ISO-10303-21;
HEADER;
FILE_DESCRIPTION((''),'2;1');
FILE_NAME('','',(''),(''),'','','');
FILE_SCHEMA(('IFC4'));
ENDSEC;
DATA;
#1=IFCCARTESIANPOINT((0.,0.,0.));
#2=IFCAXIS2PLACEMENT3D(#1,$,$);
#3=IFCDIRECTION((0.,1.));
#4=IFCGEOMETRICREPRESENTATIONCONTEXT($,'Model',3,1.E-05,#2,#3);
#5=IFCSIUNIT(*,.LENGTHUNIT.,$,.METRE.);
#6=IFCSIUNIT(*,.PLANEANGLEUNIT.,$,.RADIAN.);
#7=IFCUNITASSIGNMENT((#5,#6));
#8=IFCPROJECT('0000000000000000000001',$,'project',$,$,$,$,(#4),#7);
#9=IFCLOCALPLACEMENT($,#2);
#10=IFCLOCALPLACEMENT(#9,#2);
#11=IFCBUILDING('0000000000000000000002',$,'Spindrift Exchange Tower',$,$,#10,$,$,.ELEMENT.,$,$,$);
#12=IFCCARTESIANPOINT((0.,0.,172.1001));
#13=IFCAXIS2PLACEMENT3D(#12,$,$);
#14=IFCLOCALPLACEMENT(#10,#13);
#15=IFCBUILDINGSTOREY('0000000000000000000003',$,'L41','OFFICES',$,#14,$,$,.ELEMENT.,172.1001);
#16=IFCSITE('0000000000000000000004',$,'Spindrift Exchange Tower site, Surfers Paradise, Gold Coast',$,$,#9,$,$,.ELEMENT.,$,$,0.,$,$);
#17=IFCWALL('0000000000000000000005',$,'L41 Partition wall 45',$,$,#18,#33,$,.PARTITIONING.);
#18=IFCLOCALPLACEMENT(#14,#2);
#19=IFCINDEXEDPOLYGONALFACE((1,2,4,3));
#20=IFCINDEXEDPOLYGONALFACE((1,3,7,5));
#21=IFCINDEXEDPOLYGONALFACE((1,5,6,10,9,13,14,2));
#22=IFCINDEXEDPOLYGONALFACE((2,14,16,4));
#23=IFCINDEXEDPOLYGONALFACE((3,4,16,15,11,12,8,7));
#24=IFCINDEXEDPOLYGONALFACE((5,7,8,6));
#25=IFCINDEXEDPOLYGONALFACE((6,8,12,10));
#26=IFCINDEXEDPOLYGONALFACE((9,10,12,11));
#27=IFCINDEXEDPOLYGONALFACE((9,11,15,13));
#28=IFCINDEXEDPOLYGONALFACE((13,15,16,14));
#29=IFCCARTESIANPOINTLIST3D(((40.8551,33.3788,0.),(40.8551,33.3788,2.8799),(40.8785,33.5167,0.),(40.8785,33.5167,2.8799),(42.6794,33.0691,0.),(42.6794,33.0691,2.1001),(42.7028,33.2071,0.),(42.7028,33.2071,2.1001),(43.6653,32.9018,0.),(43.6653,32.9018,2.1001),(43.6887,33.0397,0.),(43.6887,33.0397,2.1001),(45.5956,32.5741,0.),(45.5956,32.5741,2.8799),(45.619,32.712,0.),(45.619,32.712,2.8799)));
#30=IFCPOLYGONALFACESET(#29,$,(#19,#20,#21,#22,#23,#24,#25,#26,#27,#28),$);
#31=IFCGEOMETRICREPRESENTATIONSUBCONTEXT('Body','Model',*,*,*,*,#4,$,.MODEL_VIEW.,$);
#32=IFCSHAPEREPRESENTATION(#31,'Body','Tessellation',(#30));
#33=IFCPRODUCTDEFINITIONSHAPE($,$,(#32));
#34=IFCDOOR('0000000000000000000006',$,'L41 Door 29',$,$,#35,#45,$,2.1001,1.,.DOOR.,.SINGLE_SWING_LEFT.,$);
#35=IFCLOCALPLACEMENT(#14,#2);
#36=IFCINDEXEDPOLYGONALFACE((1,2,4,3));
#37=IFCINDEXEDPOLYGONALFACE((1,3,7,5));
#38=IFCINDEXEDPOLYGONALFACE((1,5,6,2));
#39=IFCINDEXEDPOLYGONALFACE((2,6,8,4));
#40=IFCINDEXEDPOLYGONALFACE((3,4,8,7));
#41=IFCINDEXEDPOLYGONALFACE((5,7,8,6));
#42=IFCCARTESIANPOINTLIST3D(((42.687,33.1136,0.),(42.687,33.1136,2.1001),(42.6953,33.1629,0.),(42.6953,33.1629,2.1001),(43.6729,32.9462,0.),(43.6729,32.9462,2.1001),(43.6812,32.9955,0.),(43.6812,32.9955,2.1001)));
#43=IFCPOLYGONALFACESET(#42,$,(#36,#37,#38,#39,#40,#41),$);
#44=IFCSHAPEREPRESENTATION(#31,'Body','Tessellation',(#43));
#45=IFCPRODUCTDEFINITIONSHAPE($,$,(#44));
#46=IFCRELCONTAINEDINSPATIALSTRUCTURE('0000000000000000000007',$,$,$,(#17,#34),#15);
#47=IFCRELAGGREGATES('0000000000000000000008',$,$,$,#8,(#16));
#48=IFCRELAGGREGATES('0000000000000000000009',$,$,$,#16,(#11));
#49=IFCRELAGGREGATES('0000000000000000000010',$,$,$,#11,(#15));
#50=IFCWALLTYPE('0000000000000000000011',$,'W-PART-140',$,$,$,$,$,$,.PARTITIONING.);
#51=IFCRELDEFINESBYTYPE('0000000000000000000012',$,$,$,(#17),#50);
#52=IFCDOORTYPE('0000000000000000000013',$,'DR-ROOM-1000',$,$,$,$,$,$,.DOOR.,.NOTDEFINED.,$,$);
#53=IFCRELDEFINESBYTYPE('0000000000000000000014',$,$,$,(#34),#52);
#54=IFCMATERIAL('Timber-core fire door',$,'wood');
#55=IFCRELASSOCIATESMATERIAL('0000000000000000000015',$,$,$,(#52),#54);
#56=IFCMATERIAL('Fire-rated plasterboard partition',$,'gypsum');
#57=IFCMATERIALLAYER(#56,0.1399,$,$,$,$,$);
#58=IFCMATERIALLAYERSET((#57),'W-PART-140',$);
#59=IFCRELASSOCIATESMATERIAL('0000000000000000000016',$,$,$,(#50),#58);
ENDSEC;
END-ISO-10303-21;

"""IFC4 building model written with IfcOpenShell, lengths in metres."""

from ifc_helpers import new_model, si_unit, direction, frame, frame_2d, origin, place, context, subcontext, project, spatial, rectangle, extrude, source, transform, mapped, material, layer, layer_set, type_object, element, fill, save


model = new_model("IFC4")

# Units and contexts
model_context = context("Model", 3, precision=1e-05, world=origin(), true_north=direction((0.0, 1.0)))
body_context = subcontext(model_context, "Body", "Model", "MODEL_VIEW")
ifc_project = project(units=[si_unit("LENGTHUNIT", "METRE"), si_unit("PLANEANGLEUNIT", "RADIAN")], contexts=[model_context])

# Site, building, storey
site_placement = place(None, origin())
site = spatial("IfcSite", under=ifc_project, at=site_placement, Name="Spindrift Exchange Tower site, Surfers Paradise, Gold Coast", CompositionType="ELEMENT", RefElevation=0.0)
building_placement = place(site_placement, origin())
building = spatial("IfcBuilding", under=site, at=building_placement, Name="Spindrift Exchange Tower", CompositionType="ELEMENT")
storey_placement = place(building_placement, frame((0.0, 0.0, 172.1001)))
storey = spatial("IfcBuildingStorey", under=building, at=storey_placement, Name="L41", Description="OFFICES", CompositionType="ELEMENT", Elevation=172.1001)

# Shared definitions
ifc_material_1 = material(Name="Fire-rated plasterboard partition", Category="gypsum")
ifc_material_2 = material(Name="Timber-core fire door", Category="wood")
door_type_1 = type_object("IfcDoorType", Name="DR-ROOM-1000", OperationType="NOTDEFINED", PredefinedType="DOOR", material=ifc_material_2)
shared_shape_1 = source(origin(), body_context, "Body", "SweptSolid", [
    extrude(rectangle(XDim=1.0, YDim=2.1001, at=frame_2d((0.5, 1.05))), frame((0.0, 0.0249, 0.0), z_axis=(0.0, -1.0, 0.0), x_axis=(1.0, 0.0, 0.0)), (0.0, 0.0, 1.0), 0.05),
])

# Shared definitions
ifc_layer_1 = layer(ifc_material_1, 0.1399)
ifc_layer_set_1 = layer_set([ifc_layer_1], Name="W-PART-140")
wall_type_1 = type_object("IfcWallType", Name="W-PART-140", PredefinedType="PARTITIONING", material=ifc_layer_set_1)

# Wall, opening, door
wall_1_placement = place(storey_placement, frame((45.6074, 32.6431, 0.0), z_axis=(0.0, 0.0, 1.0), x_axis=(-0.985897, 0.167354, 0.0)))
wall_1 = element("IfcWall", 1, at=wall_1_placement, inside=storey, type_object=wall_type_1, Name="L41 Partition wall 45", PredefinedType="PARTITIONING", context=body_context, shape_type="SweptSolid", body=[
    extrude(rectangle(XDim=4.8083, YDim=0.1399, at=frame_2d((2.4043, 0.0))), origin(), (0.0, 0.0, 1.0), 2.8799),
])
opening_1_placement = place(wall_1_placement, frame((1.958, 0.0, 0.0)))
opening_1 = element("IfcOpeningElement", 2, at=opening_1_placement, cuts=wall_1, PredefinedType="OPENING", context=body_context, shape_type="SweptSolid", body=[
    extrude(rectangle(XDim=1.0, YDim=2.1001, at=frame_2d((0.5, 1.05))), frame((0.0, 0.0798, 0.0), z_axis=(0.0, -1.0, 0.0), x_axis=(1.0, 0.0, 0.0)), (0.0, 0.0, 1.0), 0.1599),
])
door_1_placement = place(opening_1_placement, origin())
door_1 = element("IfcDoor", 3, at=door_1_placement, inside=storey, type_object=door_type_1, Name="L41 Door 29", OperationType="SINGLE_SWING_LEFT", OverallHeight=2.1001, OverallWidth=1.0, PredefinedType="DOOR", context=body_context, shape_type="MappedRepresentation", body=[
    mapped(shared_shape_1, transform((0.0, 0.0, 0.0), scale=1.0)),
])
fill(opening_1, door_1)

save(model, "model.ifc")
